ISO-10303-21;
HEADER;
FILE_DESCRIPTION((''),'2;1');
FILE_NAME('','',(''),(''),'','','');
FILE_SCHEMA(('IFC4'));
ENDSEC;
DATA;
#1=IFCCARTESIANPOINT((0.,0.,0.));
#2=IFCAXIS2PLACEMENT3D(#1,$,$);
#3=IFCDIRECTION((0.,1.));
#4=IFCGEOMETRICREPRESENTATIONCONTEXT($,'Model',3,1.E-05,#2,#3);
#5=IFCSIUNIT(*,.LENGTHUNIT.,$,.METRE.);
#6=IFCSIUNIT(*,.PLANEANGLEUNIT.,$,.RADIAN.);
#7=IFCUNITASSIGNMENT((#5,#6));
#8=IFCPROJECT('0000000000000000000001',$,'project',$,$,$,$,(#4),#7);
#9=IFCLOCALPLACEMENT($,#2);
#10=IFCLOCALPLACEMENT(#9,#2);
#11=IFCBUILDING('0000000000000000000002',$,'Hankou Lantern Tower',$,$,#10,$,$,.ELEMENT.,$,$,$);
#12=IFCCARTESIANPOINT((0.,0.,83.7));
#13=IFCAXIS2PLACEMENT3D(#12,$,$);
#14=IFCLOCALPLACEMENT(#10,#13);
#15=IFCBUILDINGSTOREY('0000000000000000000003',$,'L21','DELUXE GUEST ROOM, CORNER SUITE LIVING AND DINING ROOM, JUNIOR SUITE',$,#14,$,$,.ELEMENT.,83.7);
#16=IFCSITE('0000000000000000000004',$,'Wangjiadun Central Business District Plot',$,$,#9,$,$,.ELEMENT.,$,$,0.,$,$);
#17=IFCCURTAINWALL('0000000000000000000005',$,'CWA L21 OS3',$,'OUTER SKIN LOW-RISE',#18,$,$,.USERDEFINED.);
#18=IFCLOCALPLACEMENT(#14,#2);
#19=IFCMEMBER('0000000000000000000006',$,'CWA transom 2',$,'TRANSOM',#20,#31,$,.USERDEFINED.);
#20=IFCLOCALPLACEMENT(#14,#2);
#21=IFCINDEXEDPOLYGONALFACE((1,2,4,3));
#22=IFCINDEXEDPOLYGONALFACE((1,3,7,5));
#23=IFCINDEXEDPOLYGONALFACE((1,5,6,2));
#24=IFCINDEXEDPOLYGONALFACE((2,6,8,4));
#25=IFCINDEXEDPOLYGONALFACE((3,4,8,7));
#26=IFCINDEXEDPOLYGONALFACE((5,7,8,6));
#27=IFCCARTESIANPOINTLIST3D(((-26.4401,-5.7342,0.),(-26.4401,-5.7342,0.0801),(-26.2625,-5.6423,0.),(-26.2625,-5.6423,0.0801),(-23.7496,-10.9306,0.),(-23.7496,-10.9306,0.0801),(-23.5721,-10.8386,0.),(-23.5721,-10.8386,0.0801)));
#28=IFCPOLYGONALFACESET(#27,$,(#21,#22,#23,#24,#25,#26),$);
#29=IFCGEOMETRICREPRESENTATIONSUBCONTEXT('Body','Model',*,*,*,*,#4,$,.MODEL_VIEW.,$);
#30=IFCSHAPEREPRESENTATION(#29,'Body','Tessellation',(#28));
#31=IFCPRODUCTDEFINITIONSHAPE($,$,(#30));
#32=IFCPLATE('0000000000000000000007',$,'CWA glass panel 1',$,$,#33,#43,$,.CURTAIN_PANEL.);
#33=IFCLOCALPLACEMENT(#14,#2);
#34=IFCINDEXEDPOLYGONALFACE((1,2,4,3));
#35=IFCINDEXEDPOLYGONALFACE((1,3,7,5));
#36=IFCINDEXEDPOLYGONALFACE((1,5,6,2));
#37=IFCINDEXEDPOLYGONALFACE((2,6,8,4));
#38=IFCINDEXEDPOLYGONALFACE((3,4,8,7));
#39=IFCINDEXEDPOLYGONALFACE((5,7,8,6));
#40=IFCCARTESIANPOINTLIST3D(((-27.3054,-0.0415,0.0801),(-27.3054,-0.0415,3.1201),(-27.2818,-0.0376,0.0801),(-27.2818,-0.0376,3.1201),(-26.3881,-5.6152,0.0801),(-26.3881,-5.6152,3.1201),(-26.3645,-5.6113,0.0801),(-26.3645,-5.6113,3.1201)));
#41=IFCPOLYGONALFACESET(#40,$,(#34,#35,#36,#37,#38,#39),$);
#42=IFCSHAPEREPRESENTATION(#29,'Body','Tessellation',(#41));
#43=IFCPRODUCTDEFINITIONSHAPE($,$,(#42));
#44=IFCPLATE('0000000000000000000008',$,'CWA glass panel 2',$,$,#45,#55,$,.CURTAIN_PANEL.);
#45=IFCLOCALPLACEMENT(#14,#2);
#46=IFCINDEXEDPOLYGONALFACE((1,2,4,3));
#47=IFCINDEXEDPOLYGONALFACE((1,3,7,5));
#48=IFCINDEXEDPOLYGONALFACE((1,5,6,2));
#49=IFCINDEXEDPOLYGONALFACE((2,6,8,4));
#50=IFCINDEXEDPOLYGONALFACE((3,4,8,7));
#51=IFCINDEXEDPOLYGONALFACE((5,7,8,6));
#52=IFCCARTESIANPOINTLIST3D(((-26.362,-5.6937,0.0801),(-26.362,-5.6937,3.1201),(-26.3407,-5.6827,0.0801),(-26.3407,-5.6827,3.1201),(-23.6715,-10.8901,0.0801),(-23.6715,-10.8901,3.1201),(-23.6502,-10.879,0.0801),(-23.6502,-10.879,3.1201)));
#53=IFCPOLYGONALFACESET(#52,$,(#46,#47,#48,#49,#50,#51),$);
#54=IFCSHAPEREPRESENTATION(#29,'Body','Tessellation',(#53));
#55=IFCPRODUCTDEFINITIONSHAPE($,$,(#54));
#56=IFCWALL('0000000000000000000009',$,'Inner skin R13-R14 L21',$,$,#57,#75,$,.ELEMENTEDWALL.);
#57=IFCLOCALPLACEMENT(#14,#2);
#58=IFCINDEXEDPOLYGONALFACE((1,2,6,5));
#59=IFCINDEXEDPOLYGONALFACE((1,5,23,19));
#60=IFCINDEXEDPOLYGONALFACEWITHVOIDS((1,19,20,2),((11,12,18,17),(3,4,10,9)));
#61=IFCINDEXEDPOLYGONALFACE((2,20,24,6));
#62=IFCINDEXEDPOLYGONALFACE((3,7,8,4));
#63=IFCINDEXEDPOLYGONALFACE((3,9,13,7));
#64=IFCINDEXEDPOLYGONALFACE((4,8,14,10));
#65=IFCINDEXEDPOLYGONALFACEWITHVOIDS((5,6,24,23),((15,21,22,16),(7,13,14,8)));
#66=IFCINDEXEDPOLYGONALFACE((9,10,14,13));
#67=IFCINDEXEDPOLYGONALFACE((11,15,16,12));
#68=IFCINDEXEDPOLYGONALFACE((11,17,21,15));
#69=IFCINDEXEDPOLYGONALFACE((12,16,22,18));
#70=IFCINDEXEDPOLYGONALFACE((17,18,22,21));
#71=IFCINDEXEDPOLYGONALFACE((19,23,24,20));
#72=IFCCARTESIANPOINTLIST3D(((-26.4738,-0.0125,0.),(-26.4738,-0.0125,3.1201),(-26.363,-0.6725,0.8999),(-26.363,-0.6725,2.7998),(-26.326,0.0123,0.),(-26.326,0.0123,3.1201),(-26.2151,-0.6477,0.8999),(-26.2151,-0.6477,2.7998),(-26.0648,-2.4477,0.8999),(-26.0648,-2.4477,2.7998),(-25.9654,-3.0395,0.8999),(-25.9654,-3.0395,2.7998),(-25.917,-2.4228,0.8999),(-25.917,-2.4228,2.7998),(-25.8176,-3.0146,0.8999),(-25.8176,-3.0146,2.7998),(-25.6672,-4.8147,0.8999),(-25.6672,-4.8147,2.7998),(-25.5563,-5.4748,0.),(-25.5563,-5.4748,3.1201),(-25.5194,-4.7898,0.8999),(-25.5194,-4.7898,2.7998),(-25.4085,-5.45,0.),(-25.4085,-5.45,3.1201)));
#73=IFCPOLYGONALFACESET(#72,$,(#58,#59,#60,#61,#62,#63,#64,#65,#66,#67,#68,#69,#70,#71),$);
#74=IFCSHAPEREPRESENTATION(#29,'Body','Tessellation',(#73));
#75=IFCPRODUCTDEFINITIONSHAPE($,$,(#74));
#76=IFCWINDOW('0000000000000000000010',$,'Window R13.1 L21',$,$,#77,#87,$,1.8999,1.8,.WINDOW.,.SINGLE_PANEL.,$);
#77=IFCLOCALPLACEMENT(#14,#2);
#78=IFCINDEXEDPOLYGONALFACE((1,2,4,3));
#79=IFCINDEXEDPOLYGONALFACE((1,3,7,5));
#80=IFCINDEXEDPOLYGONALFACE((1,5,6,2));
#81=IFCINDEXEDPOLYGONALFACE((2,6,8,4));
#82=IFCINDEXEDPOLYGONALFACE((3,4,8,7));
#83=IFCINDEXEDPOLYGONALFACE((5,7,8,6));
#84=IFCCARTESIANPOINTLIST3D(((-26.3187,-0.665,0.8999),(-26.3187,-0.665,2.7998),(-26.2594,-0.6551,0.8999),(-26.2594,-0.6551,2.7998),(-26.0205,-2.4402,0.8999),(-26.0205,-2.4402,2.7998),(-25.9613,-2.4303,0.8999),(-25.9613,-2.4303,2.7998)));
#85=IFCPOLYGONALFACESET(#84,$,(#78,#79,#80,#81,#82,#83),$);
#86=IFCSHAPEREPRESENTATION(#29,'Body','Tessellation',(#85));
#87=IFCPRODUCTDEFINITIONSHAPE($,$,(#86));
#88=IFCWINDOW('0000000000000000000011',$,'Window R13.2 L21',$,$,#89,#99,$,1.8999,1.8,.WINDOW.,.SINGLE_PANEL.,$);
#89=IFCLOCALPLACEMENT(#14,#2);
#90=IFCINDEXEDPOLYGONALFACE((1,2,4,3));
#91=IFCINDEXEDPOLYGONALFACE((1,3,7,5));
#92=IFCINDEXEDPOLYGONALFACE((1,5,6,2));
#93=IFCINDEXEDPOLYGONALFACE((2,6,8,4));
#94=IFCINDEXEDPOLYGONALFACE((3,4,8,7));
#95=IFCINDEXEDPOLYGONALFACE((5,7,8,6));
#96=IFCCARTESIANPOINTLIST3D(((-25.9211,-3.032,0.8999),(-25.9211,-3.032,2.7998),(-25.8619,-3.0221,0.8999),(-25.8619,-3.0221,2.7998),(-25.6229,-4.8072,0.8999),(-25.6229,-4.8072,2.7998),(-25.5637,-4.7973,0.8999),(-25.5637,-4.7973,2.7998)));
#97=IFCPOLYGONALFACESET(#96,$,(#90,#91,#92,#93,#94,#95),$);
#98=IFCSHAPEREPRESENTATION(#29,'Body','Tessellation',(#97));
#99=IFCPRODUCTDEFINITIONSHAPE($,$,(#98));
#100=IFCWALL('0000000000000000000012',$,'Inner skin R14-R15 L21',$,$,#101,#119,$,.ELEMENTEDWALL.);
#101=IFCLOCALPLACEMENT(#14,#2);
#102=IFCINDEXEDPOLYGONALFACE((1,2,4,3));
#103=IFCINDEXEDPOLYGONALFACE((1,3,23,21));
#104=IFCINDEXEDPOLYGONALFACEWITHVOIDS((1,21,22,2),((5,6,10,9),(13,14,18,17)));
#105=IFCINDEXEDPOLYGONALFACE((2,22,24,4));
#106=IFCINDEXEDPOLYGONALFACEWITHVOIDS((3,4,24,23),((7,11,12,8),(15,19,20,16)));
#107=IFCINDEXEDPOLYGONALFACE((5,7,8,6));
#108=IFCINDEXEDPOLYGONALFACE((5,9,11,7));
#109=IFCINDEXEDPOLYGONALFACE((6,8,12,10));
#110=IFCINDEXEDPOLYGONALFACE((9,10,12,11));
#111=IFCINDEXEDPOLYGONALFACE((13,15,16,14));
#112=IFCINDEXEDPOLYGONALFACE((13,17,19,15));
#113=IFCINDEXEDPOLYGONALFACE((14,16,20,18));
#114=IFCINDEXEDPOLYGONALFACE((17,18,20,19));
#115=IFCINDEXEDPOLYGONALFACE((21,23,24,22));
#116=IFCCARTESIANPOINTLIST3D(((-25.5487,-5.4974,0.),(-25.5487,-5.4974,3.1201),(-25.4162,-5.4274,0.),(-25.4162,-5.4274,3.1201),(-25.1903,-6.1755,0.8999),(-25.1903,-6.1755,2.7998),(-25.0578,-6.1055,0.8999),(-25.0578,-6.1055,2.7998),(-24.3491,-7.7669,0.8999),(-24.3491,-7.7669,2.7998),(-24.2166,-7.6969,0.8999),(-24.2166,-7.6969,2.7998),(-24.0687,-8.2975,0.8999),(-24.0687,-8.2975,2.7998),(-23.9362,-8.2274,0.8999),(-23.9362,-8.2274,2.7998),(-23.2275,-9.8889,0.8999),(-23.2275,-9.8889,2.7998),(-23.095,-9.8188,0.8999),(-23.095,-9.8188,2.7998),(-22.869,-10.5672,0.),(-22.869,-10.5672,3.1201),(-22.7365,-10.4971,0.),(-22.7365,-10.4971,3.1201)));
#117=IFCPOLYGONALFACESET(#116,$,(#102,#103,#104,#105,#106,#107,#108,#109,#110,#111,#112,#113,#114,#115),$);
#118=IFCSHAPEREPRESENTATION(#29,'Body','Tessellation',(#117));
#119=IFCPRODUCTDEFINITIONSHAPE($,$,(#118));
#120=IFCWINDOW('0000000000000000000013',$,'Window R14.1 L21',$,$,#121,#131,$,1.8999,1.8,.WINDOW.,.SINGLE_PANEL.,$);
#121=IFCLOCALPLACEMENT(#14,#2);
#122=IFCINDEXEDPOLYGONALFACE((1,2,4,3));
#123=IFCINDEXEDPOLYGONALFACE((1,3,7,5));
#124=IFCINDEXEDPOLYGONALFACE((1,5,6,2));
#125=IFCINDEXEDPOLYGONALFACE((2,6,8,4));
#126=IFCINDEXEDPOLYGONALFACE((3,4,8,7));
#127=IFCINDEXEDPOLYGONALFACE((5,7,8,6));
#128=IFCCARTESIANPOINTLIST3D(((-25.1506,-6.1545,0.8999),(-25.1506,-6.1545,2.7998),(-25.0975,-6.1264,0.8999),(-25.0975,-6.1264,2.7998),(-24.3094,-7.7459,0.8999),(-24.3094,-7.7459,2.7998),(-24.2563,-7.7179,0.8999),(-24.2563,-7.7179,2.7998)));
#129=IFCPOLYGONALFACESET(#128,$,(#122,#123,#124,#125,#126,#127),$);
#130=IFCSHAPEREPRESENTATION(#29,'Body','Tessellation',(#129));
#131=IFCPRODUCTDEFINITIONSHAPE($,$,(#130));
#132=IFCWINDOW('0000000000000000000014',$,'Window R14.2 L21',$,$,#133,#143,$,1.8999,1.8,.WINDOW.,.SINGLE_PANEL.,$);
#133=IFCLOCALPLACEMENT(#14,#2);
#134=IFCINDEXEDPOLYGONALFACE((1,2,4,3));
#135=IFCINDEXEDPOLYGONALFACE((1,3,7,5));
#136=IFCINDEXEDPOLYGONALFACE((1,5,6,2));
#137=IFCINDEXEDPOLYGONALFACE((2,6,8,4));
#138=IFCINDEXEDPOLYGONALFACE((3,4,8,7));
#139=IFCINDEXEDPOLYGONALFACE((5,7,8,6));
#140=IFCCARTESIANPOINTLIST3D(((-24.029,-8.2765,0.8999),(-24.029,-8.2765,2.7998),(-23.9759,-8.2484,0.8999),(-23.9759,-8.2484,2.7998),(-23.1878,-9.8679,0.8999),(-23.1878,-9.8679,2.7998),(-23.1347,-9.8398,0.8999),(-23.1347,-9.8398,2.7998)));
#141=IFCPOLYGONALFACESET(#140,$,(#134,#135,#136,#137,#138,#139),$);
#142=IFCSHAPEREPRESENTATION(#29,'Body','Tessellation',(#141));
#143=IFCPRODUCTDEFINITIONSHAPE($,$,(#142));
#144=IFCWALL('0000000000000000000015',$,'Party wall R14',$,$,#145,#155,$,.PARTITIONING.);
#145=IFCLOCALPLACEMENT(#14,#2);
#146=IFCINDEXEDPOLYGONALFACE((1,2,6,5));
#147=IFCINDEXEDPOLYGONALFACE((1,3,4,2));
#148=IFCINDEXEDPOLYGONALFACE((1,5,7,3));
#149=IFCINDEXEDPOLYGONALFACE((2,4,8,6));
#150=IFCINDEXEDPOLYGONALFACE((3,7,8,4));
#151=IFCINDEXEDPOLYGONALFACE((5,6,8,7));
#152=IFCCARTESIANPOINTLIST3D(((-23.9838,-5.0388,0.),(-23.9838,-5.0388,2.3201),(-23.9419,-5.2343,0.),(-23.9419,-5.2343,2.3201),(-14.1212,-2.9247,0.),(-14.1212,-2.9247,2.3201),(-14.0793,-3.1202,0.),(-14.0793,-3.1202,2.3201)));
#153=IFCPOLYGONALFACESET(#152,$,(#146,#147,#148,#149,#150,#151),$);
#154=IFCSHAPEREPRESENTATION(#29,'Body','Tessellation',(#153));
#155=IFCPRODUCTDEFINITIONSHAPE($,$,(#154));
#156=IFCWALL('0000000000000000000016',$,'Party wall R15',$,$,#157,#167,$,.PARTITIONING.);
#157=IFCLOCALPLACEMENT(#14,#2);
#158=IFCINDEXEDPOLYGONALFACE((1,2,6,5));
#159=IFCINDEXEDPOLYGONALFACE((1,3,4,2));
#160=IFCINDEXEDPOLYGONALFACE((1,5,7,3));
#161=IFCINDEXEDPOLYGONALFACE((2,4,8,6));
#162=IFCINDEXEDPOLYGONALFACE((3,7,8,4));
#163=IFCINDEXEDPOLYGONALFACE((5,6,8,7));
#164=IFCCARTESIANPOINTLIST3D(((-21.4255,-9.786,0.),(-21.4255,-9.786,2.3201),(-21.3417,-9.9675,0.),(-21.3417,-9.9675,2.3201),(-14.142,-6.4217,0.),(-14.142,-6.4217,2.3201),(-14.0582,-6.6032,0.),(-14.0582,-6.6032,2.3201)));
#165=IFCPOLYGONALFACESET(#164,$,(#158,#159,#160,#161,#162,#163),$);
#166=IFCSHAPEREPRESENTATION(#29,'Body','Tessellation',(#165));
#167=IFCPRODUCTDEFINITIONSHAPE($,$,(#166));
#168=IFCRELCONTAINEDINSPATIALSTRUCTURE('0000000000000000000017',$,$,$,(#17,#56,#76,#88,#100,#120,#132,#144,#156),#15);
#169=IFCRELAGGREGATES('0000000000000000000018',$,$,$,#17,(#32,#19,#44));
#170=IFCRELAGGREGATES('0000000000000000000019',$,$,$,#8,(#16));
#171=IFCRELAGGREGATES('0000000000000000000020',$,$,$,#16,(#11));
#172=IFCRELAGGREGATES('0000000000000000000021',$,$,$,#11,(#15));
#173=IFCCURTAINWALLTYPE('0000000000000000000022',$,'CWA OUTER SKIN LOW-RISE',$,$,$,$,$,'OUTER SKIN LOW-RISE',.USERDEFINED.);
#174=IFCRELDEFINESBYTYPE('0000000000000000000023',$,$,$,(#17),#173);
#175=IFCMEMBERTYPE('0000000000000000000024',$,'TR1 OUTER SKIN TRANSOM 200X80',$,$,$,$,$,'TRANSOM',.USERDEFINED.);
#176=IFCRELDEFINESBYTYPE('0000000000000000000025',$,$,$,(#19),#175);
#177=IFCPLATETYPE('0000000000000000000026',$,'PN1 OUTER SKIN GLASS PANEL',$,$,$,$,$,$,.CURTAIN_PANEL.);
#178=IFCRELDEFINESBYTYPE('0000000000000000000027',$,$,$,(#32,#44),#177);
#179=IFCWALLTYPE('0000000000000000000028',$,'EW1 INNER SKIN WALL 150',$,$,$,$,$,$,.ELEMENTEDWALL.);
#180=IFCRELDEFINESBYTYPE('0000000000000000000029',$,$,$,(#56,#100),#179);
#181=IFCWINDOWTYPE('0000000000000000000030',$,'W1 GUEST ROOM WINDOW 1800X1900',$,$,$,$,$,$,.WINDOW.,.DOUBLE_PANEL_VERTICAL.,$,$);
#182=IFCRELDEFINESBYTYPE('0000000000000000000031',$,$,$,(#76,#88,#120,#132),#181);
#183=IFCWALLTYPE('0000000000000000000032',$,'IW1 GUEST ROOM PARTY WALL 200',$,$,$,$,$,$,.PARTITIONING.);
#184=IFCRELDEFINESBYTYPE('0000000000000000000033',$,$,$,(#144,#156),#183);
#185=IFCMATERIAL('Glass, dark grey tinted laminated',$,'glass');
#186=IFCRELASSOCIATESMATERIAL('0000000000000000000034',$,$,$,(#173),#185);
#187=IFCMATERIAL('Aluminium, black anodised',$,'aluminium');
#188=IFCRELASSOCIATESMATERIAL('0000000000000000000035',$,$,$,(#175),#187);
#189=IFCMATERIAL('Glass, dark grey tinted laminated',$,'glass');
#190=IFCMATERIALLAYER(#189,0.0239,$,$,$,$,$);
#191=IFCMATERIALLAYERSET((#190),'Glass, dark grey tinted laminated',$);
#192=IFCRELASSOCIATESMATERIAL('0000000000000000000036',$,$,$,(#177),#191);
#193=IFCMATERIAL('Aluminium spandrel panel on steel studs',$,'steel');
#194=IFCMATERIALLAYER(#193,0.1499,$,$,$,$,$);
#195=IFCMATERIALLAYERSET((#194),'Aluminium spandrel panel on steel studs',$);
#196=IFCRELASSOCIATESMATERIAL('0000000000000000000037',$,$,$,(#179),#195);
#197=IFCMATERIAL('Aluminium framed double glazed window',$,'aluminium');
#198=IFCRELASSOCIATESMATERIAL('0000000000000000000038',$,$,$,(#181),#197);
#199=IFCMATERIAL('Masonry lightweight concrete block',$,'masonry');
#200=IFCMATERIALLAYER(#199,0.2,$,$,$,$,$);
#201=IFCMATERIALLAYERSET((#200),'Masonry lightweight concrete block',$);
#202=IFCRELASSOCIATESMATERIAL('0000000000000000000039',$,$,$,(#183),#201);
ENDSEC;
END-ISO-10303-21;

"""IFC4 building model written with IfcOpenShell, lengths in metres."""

from ifc_helpers import new_model, si_unit, direction, frame, frame_2d, origin, origin_2d, place, context, subcontext, project, spatial, rectangle, extrude, material, layer, layer_set, material_profile, profile_set, type_object, element, fill, aggregate, save


model = new_model("IFC4")

# Units and contexts
model_context = context("Model", 3, precision=1e-05, world=origin(), true_north=direction((0.0, 1.0)))
body_context = subcontext(model_context, "Body", "Model", "MODEL_VIEW")
ifc_project = project(units=[si_unit("LENGTHUNIT", "METRE"), si_unit("PLANEANGLEUNIT", "RADIAN")], contexts=[model_context])

# Site, building, storey
site_placement = place(None, origin())
site = spatial("IfcSite", under=ifc_project, at=site_placement, Name="Wangjiadun Central Business District Plot", CompositionType="ELEMENT", RefElevation=0.0)
building_placement = place(site_placement, origin())
building = spatial("IfcBuilding", under=site, at=building_placement, Name="Hankou Lantern Tower", CompositionType="ELEMENT")
storey_placement = place(building_placement, frame((0.0, 0.0, 83.7)))
storey = spatial("IfcBuildingStorey", under=building, at=storey_placement, Name="L21", Description="DELUXE GUEST ROOM, CORNER SUITE LIVING AND DINING ROOM, JUNIOR SUITE", CompositionType="ELEMENT", Elevation=83.7)

# Curtain wall
ifc_material_1 = material(Name="Glass, dark grey tinted laminated", Category="glass")
curtain_wall_type = type_object("IfcCurtainWallType", Name="CWA OUTER SKIN LOW-RISE", ElementType="OUTER SKIN LOW-RISE", PredefinedType="USERDEFINED", material=ifc_material_1)
curtain_wall_placement = place(storey_placement, origin())
curtain_wall = element("IfcCurtainWall", 1, at=curtain_wall_placement, inside=storey, type_object=curtain_wall_type, Name="CWA L21 OS3", ObjectType="OUTER SKIN LOW-RISE", PredefinedType="USERDEFINED")

# Member
ifc_material_2 = material(Name="Aluminium, black anodised", Category="aluminium")
ifc_material_profile_1 = material_profile(ifc_material_2, rectangle(XDim=0.2, YDim=0.0801, at=origin_2d()), Name="TR1 200X80")
ifc_profile_set_1 = profile_set([ifc_material_profile_1], Name="Aluminium, black anodised")
member_type_1 = type_object("IfcMemberType", Name="TR1 OUTER SKIN TRANSOM 200X80", ElementType="TRANSOM", PredefinedType="USERDEFINED", material=ifc_profile_set_1)
member_1_placement = place(storey_placement, frame((-26.3513, -5.6882, 0.04), z_axis=(0.459786, -0.88803, 0.0), x_axis=(0.88803, 0.459786, 0.0)))
member_1 = element("IfcMember", 2, at=member_1_placement, type_object=member_type_1, Name="CWA transom 2", ObjectType="TRANSOM", PredefinedType="USERDEFINED", context=body_context, shape_type="SweptSolid", body=[
    extrude(rectangle(XDim=0.2, YDim=0.0801, at=origin_2d()), origin(), (0.0, 0.0, 1.0), 5.8516),
])

# Plates
ifc_material_3 = material(Name="Glass, dark grey tinted laminated", Category="glass")
ifc_layer_1 = layer(ifc_material_3, 0.0239)
ifc_layer_set_1 = layer_set([ifc_layer_1], Name="Glass, dark grey tinted laminated")
plate_type = type_object("IfcPlateType", Name="PN1 OUTER SKIN GLASS PANEL", PredefinedType="CURTAIN_PANEL", material=ifc_layer_set_1)
plate_1_placement = place(storey_placement, frame((-26.835, -2.8264, 0.0801), z_axis=(0.0, 0.0, 1.0), x_axis=(0.162382, -0.986728, 0.0)))
plate_1 = element("IfcPlate", 3, at=plate_1_placement, type_object=plate_type, Name="CWA glass panel 1", PredefinedType="CURTAIN_PANEL", context=body_context, shape_type="SweptSolid", body=[
    extrude(rectangle(XDim=5.6487, YDim=0.0239, at=origin_2d()), origin(), (0.0, 0.0, 1.0), 3.04),
])
plate_2_placement = place(storey_placement, frame((-25.0061, -8.2864, 0.0801), z_axis=(0.0, 0.0, 1.0), x_axis=(0.459791, -0.888027, 0.0)))
plate_2 = element("IfcPlate", 4, at=plate_2_placement, type_object=plate_type, Name="CWA glass panel 2", PredefinedType="CURTAIN_PANEL", context=body_context, shape_type="SweptSolid", body=[
    extrude(rectangle(XDim=5.8516, YDim=0.0239, at=origin_2d()), origin(), (0.0, 0.0, 1.0), 3.04),
])
aggregate(curtain_wall, [plate_1, member_1, plate_2])

# Walls, openings, windows
ifc_material_4 = material(Name="Aluminium spandrel panel on steel studs", Category="steel")
ifc_layer_2 = layer(ifc_material_4, 0.1499)
ifc_layer_set_2 = layer_set([ifc_layer_2], Name="Aluminium spandrel panel on steel studs")
wall_type_1 = type_object("IfcWallType", Name="EW1 INNER SKIN WALL 150", PredefinedType="ELEMENTEDWALL", material=ifc_layer_set_2)
wall_1_placement = place(storey_placement, frame((-26.3999, 0.0, 0.0), z_axis=(0.0, 0.0, 1.0), x_axis=(0.165643, -0.986186, 0.0)))
wall_1 = element("IfcWall", 5, at=wall_1_placement, inside=storey, type_object=wall_type_1, Name="Inner skin R13-R14 L21", PredefinedType="ELEMENTEDWALL", context=body_context, shape_type="SweptSolid", body=[
    extrude(rectangle(XDim=5.5388, YDim=0.1499, at=frame_2d((2.7695, 0.0))), origin(), (0.0, 0.0, 1.0), 3.1201),
])
opening_1_placement = place(wall_1_placement, frame((0.6694, 0.0, 0.8999)))
opening_1 = element("IfcOpeningElement", 6, at=opening_1_placement, cuts=wall_1, PredefinedType="OPENING", context=body_context, shape_type="SweptSolid", body=[
    extrude(rectangle(XDim=1.8, YDim=1.8999, at=frame_2d((0.8999, 0.95))), frame((0.0, 0.085, 0.0), z_axis=(0.0, -1.0, 0.0), x_axis=(1.0, 0.0, 0.0)), (0.0, 0.0, 1.0), 0.1699),
])
opening_2_placement = place(wall_1_placement, frame((3.0696, 0.0, 0.8999)))
opening_2 = element("IfcOpeningElement", 7, at=opening_2_placement, cuts=wall_1, PredefinedType="OPENING", context=body_context, shape_type="SweptSolid", body=[
    extrude(rectangle(XDim=1.8, YDim=1.8999, at=frame_2d((0.8999, 0.95))), frame((0.0, 0.085, 0.0), z_axis=(0.0, -1.0, 0.0), x_axis=(1.0, 0.0, 0.0)), (0.0, 0.0, 1.0), 0.1699),
])
ifc_material_5 = material(Name="Aluminium framed double glazed window", Category="aluminium")
window_type = type_object("IfcWindowType", Name="W1 GUEST ROOM WINDOW 1800X1900", PartitioningType="DOUBLE_PANEL_VERTICAL", PredefinedType="WINDOW", material=ifc_material_5)
window_1_placement = place(opening_1_placement, origin())
window_1 = element("IfcWindow", 8, at=window_1_placement, inside=storey, type_object=window_type, Name="Window R13.1 L21", OverallHeight=1.8999, OverallWidth=1.8, PartitioningType="SINGLE_PANEL", PredefinedType="WINDOW", context=body_context, shape_type="SweptSolid", body=[
    extrude(rectangle(XDim=1.8, YDim=1.8999, at=frame_2d((0.8999, 0.95))), frame((0.0, 0.03, 0.0), z_axis=(0.0, -1.0, 0.0), x_axis=(1.0, 0.0, 0.0)), (0.0, 0.0, 1.0), 0.0601),
])
fill(opening_1, window_1)
window_2_placement = place(opening_2_placement, origin())
window_2 = element("IfcWindow", 9, at=window_2_placement, inside=storey, type_object=window_type, Name="Window R13.2 L21", OverallHeight=1.8999, OverallWidth=1.8, PartitioningType="SINGLE_PANEL", PredefinedType="WINDOW", context=body_context, shape_type="SweptSolid", body=[
    extrude(rectangle(XDim=1.8, YDim=1.8999, at=frame_2d((0.8999, 0.95))), frame((0.0, 0.03, 0.0), z_axis=(0.0, -1.0, 0.0), x_axis=(1.0, 0.0, 0.0)), (0.0, 0.0, 1.0), 0.0601),
])
fill(opening_2, window_2)
wall_2_placement = place(storey_placement, frame((-25.4824, -5.4624, 0.0), z_axis=(0.0, 0.0, 1.0), x_axis=(0.467297, -0.8841, 0.0)))
wall_2 = element("IfcWall", 10, at=wall_2_placement, inside=storey, type_object=wall_type_1, Name="Inner skin R14-R15 L21", PredefinedType="ELEMENTEDWALL", context=body_context, shape_type="SweptSolid", body=[
    extrude(rectangle(XDim=5.7344, YDim=0.1499, at=frame_2d((2.8672, 0.0))), origin(), (0.0, 0.0, 1.0), 3.1201),
])
opening_3_placement = place(wall_2_placement, frame((0.7671, 0.0, 0.8999)))
opening_3 = element("IfcOpeningElement", 11, at=opening_3_placement, cuts=wall_2, PredefinedType="OPENING", context=body_context, shape_type="SweptSolid", body=[
    extrude(rectangle(XDim=1.8, YDim=1.8999, at=frame_2d((0.8999, 0.95))), frame((0.0, 0.085, 0.0), z_axis=(0.0, -1.0, 0.0), x_axis=(1.0, 0.0, 0.0)), (0.0, 0.0, 1.0), 0.1699),
])
opening_4_placement = place(wall_2_placement, frame((3.1672, 0.0, 0.8999)))
opening_4 = element("IfcOpeningElement", 12, at=opening_4_placement, cuts=wall_2, PredefinedType="OPENING", context=body_context, shape_type="SweptSolid", body=[
    extrude(rectangle(XDim=1.8, YDim=1.8999, at=frame_2d((0.8999, 0.95))), frame((0.0, 0.085, 0.0), z_axis=(0.0, -1.0, 0.0), x_axis=(1.0, 0.0, 0.0)), (0.0, 0.0, 1.0), 0.1699),
])
window_3_placement = place(opening_3_placement, origin())
window_3 = element("IfcWindow", 13, at=window_3_placement, inside=storey, type_object=window_type, Name="Window R14.1 L21", OverallHeight=1.8999, OverallWidth=1.8, PartitioningType="SINGLE_PANEL", PredefinedType="WINDOW", context=body_context, shape_type="SweptSolid", body=[
    extrude(rectangle(XDim=1.8, YDim=1.8999, at=frame_2d((0.8999, 0.95))), frame((0.0, 0.03, 0.0), z_axis=(0.0, -1.0, 0.0), x_axis=(1.0, 0.0, 0.0)), (0.0, 0.0, 1.0), 0.0601),
])
fill(opening_3, window_3)
window_4_placement = place(opening_4_placement, origin())
window_4 = element("IfcWindow", 14, at=window_4_placement, inside=storey, type_object=window_type, Name="Window R14.2 L21", OverallHeight=1.8999, OverallWidth=1.8, PartitioningType="SINGLE_PANEL", PredefinedType="WINDOW", context=body_context, shape_type="SweptSolid", body=[
    extrude(rectangle(XDim=1.8, YDim=1.8999, at=frame_2d((0.8999, 0.95))), frame((0.0, 0.03, 0.0), z_axis=(0.0, -1.0, 0.0), x_axis=(1.0, 0.0, 0.0)), (0.0, 0.0, 1.0), 0.0601),
])
fill(opening_4, window_4)

# Walls
ifc_material_6 = material(Name="Masonry lightweight concrete block", Category="masonry")
ifc_layer_3 = layer(ifc_material_6, 0.2)
ifc_layer_set_3 = layer_set([ifc_layer_3], Name="Masonry lightweight concrete block")
wall_type_2 = type_object("IfcWallType", Name="IW1 GUEST ROOM PARTY WALL 200", PredefinedType="PARTITIONING", material=ifc_layer_set_3)
wall_3_placement = place(storey_placement, frame((-14.1001, -3.0225, 0.0), z_axis=(0.0, 0.0, 1.0), x_axis=(-0.97779, -0.209587, 0.0)))
element("IfcWall", 15, at=wall_3_placement, inside=storey, type_object=wall_type_2, Name="Party wall R14", PredefinedType="PARTITIONING", context=body_context, shape_type="SweptSolid", body=[
    extrude(rectangle(XDim=10.0867, YDim=0.2, at=frame_2d((5.0435, 0.0))), origin(), (0.0, 0.0, 1.0), 2.3201),
])
wall_4_placement = place(storey_placement, frame((-14.1001, -6.5125, 0.0), z_axis=(0.0, 0.0, 1.0), x_axis=(-0.907833, -0.419332, 0.0)))
element("IfcWall", 16, at=wall_4_placement, inside=storey, type_object=wall_type_2, Name="Party wall R15", PredefinedType="PARTITIONING", context=body_context, shape_type="SweptSolid", body=[
    extrude(rectangle(XDim=8.0229, YDim=0.2, at=frame_2d((4.0115, 0.0))), origin(), (0.0, 0.0, 1.0), 2.3201),
])

save(model, "model.ifc")
